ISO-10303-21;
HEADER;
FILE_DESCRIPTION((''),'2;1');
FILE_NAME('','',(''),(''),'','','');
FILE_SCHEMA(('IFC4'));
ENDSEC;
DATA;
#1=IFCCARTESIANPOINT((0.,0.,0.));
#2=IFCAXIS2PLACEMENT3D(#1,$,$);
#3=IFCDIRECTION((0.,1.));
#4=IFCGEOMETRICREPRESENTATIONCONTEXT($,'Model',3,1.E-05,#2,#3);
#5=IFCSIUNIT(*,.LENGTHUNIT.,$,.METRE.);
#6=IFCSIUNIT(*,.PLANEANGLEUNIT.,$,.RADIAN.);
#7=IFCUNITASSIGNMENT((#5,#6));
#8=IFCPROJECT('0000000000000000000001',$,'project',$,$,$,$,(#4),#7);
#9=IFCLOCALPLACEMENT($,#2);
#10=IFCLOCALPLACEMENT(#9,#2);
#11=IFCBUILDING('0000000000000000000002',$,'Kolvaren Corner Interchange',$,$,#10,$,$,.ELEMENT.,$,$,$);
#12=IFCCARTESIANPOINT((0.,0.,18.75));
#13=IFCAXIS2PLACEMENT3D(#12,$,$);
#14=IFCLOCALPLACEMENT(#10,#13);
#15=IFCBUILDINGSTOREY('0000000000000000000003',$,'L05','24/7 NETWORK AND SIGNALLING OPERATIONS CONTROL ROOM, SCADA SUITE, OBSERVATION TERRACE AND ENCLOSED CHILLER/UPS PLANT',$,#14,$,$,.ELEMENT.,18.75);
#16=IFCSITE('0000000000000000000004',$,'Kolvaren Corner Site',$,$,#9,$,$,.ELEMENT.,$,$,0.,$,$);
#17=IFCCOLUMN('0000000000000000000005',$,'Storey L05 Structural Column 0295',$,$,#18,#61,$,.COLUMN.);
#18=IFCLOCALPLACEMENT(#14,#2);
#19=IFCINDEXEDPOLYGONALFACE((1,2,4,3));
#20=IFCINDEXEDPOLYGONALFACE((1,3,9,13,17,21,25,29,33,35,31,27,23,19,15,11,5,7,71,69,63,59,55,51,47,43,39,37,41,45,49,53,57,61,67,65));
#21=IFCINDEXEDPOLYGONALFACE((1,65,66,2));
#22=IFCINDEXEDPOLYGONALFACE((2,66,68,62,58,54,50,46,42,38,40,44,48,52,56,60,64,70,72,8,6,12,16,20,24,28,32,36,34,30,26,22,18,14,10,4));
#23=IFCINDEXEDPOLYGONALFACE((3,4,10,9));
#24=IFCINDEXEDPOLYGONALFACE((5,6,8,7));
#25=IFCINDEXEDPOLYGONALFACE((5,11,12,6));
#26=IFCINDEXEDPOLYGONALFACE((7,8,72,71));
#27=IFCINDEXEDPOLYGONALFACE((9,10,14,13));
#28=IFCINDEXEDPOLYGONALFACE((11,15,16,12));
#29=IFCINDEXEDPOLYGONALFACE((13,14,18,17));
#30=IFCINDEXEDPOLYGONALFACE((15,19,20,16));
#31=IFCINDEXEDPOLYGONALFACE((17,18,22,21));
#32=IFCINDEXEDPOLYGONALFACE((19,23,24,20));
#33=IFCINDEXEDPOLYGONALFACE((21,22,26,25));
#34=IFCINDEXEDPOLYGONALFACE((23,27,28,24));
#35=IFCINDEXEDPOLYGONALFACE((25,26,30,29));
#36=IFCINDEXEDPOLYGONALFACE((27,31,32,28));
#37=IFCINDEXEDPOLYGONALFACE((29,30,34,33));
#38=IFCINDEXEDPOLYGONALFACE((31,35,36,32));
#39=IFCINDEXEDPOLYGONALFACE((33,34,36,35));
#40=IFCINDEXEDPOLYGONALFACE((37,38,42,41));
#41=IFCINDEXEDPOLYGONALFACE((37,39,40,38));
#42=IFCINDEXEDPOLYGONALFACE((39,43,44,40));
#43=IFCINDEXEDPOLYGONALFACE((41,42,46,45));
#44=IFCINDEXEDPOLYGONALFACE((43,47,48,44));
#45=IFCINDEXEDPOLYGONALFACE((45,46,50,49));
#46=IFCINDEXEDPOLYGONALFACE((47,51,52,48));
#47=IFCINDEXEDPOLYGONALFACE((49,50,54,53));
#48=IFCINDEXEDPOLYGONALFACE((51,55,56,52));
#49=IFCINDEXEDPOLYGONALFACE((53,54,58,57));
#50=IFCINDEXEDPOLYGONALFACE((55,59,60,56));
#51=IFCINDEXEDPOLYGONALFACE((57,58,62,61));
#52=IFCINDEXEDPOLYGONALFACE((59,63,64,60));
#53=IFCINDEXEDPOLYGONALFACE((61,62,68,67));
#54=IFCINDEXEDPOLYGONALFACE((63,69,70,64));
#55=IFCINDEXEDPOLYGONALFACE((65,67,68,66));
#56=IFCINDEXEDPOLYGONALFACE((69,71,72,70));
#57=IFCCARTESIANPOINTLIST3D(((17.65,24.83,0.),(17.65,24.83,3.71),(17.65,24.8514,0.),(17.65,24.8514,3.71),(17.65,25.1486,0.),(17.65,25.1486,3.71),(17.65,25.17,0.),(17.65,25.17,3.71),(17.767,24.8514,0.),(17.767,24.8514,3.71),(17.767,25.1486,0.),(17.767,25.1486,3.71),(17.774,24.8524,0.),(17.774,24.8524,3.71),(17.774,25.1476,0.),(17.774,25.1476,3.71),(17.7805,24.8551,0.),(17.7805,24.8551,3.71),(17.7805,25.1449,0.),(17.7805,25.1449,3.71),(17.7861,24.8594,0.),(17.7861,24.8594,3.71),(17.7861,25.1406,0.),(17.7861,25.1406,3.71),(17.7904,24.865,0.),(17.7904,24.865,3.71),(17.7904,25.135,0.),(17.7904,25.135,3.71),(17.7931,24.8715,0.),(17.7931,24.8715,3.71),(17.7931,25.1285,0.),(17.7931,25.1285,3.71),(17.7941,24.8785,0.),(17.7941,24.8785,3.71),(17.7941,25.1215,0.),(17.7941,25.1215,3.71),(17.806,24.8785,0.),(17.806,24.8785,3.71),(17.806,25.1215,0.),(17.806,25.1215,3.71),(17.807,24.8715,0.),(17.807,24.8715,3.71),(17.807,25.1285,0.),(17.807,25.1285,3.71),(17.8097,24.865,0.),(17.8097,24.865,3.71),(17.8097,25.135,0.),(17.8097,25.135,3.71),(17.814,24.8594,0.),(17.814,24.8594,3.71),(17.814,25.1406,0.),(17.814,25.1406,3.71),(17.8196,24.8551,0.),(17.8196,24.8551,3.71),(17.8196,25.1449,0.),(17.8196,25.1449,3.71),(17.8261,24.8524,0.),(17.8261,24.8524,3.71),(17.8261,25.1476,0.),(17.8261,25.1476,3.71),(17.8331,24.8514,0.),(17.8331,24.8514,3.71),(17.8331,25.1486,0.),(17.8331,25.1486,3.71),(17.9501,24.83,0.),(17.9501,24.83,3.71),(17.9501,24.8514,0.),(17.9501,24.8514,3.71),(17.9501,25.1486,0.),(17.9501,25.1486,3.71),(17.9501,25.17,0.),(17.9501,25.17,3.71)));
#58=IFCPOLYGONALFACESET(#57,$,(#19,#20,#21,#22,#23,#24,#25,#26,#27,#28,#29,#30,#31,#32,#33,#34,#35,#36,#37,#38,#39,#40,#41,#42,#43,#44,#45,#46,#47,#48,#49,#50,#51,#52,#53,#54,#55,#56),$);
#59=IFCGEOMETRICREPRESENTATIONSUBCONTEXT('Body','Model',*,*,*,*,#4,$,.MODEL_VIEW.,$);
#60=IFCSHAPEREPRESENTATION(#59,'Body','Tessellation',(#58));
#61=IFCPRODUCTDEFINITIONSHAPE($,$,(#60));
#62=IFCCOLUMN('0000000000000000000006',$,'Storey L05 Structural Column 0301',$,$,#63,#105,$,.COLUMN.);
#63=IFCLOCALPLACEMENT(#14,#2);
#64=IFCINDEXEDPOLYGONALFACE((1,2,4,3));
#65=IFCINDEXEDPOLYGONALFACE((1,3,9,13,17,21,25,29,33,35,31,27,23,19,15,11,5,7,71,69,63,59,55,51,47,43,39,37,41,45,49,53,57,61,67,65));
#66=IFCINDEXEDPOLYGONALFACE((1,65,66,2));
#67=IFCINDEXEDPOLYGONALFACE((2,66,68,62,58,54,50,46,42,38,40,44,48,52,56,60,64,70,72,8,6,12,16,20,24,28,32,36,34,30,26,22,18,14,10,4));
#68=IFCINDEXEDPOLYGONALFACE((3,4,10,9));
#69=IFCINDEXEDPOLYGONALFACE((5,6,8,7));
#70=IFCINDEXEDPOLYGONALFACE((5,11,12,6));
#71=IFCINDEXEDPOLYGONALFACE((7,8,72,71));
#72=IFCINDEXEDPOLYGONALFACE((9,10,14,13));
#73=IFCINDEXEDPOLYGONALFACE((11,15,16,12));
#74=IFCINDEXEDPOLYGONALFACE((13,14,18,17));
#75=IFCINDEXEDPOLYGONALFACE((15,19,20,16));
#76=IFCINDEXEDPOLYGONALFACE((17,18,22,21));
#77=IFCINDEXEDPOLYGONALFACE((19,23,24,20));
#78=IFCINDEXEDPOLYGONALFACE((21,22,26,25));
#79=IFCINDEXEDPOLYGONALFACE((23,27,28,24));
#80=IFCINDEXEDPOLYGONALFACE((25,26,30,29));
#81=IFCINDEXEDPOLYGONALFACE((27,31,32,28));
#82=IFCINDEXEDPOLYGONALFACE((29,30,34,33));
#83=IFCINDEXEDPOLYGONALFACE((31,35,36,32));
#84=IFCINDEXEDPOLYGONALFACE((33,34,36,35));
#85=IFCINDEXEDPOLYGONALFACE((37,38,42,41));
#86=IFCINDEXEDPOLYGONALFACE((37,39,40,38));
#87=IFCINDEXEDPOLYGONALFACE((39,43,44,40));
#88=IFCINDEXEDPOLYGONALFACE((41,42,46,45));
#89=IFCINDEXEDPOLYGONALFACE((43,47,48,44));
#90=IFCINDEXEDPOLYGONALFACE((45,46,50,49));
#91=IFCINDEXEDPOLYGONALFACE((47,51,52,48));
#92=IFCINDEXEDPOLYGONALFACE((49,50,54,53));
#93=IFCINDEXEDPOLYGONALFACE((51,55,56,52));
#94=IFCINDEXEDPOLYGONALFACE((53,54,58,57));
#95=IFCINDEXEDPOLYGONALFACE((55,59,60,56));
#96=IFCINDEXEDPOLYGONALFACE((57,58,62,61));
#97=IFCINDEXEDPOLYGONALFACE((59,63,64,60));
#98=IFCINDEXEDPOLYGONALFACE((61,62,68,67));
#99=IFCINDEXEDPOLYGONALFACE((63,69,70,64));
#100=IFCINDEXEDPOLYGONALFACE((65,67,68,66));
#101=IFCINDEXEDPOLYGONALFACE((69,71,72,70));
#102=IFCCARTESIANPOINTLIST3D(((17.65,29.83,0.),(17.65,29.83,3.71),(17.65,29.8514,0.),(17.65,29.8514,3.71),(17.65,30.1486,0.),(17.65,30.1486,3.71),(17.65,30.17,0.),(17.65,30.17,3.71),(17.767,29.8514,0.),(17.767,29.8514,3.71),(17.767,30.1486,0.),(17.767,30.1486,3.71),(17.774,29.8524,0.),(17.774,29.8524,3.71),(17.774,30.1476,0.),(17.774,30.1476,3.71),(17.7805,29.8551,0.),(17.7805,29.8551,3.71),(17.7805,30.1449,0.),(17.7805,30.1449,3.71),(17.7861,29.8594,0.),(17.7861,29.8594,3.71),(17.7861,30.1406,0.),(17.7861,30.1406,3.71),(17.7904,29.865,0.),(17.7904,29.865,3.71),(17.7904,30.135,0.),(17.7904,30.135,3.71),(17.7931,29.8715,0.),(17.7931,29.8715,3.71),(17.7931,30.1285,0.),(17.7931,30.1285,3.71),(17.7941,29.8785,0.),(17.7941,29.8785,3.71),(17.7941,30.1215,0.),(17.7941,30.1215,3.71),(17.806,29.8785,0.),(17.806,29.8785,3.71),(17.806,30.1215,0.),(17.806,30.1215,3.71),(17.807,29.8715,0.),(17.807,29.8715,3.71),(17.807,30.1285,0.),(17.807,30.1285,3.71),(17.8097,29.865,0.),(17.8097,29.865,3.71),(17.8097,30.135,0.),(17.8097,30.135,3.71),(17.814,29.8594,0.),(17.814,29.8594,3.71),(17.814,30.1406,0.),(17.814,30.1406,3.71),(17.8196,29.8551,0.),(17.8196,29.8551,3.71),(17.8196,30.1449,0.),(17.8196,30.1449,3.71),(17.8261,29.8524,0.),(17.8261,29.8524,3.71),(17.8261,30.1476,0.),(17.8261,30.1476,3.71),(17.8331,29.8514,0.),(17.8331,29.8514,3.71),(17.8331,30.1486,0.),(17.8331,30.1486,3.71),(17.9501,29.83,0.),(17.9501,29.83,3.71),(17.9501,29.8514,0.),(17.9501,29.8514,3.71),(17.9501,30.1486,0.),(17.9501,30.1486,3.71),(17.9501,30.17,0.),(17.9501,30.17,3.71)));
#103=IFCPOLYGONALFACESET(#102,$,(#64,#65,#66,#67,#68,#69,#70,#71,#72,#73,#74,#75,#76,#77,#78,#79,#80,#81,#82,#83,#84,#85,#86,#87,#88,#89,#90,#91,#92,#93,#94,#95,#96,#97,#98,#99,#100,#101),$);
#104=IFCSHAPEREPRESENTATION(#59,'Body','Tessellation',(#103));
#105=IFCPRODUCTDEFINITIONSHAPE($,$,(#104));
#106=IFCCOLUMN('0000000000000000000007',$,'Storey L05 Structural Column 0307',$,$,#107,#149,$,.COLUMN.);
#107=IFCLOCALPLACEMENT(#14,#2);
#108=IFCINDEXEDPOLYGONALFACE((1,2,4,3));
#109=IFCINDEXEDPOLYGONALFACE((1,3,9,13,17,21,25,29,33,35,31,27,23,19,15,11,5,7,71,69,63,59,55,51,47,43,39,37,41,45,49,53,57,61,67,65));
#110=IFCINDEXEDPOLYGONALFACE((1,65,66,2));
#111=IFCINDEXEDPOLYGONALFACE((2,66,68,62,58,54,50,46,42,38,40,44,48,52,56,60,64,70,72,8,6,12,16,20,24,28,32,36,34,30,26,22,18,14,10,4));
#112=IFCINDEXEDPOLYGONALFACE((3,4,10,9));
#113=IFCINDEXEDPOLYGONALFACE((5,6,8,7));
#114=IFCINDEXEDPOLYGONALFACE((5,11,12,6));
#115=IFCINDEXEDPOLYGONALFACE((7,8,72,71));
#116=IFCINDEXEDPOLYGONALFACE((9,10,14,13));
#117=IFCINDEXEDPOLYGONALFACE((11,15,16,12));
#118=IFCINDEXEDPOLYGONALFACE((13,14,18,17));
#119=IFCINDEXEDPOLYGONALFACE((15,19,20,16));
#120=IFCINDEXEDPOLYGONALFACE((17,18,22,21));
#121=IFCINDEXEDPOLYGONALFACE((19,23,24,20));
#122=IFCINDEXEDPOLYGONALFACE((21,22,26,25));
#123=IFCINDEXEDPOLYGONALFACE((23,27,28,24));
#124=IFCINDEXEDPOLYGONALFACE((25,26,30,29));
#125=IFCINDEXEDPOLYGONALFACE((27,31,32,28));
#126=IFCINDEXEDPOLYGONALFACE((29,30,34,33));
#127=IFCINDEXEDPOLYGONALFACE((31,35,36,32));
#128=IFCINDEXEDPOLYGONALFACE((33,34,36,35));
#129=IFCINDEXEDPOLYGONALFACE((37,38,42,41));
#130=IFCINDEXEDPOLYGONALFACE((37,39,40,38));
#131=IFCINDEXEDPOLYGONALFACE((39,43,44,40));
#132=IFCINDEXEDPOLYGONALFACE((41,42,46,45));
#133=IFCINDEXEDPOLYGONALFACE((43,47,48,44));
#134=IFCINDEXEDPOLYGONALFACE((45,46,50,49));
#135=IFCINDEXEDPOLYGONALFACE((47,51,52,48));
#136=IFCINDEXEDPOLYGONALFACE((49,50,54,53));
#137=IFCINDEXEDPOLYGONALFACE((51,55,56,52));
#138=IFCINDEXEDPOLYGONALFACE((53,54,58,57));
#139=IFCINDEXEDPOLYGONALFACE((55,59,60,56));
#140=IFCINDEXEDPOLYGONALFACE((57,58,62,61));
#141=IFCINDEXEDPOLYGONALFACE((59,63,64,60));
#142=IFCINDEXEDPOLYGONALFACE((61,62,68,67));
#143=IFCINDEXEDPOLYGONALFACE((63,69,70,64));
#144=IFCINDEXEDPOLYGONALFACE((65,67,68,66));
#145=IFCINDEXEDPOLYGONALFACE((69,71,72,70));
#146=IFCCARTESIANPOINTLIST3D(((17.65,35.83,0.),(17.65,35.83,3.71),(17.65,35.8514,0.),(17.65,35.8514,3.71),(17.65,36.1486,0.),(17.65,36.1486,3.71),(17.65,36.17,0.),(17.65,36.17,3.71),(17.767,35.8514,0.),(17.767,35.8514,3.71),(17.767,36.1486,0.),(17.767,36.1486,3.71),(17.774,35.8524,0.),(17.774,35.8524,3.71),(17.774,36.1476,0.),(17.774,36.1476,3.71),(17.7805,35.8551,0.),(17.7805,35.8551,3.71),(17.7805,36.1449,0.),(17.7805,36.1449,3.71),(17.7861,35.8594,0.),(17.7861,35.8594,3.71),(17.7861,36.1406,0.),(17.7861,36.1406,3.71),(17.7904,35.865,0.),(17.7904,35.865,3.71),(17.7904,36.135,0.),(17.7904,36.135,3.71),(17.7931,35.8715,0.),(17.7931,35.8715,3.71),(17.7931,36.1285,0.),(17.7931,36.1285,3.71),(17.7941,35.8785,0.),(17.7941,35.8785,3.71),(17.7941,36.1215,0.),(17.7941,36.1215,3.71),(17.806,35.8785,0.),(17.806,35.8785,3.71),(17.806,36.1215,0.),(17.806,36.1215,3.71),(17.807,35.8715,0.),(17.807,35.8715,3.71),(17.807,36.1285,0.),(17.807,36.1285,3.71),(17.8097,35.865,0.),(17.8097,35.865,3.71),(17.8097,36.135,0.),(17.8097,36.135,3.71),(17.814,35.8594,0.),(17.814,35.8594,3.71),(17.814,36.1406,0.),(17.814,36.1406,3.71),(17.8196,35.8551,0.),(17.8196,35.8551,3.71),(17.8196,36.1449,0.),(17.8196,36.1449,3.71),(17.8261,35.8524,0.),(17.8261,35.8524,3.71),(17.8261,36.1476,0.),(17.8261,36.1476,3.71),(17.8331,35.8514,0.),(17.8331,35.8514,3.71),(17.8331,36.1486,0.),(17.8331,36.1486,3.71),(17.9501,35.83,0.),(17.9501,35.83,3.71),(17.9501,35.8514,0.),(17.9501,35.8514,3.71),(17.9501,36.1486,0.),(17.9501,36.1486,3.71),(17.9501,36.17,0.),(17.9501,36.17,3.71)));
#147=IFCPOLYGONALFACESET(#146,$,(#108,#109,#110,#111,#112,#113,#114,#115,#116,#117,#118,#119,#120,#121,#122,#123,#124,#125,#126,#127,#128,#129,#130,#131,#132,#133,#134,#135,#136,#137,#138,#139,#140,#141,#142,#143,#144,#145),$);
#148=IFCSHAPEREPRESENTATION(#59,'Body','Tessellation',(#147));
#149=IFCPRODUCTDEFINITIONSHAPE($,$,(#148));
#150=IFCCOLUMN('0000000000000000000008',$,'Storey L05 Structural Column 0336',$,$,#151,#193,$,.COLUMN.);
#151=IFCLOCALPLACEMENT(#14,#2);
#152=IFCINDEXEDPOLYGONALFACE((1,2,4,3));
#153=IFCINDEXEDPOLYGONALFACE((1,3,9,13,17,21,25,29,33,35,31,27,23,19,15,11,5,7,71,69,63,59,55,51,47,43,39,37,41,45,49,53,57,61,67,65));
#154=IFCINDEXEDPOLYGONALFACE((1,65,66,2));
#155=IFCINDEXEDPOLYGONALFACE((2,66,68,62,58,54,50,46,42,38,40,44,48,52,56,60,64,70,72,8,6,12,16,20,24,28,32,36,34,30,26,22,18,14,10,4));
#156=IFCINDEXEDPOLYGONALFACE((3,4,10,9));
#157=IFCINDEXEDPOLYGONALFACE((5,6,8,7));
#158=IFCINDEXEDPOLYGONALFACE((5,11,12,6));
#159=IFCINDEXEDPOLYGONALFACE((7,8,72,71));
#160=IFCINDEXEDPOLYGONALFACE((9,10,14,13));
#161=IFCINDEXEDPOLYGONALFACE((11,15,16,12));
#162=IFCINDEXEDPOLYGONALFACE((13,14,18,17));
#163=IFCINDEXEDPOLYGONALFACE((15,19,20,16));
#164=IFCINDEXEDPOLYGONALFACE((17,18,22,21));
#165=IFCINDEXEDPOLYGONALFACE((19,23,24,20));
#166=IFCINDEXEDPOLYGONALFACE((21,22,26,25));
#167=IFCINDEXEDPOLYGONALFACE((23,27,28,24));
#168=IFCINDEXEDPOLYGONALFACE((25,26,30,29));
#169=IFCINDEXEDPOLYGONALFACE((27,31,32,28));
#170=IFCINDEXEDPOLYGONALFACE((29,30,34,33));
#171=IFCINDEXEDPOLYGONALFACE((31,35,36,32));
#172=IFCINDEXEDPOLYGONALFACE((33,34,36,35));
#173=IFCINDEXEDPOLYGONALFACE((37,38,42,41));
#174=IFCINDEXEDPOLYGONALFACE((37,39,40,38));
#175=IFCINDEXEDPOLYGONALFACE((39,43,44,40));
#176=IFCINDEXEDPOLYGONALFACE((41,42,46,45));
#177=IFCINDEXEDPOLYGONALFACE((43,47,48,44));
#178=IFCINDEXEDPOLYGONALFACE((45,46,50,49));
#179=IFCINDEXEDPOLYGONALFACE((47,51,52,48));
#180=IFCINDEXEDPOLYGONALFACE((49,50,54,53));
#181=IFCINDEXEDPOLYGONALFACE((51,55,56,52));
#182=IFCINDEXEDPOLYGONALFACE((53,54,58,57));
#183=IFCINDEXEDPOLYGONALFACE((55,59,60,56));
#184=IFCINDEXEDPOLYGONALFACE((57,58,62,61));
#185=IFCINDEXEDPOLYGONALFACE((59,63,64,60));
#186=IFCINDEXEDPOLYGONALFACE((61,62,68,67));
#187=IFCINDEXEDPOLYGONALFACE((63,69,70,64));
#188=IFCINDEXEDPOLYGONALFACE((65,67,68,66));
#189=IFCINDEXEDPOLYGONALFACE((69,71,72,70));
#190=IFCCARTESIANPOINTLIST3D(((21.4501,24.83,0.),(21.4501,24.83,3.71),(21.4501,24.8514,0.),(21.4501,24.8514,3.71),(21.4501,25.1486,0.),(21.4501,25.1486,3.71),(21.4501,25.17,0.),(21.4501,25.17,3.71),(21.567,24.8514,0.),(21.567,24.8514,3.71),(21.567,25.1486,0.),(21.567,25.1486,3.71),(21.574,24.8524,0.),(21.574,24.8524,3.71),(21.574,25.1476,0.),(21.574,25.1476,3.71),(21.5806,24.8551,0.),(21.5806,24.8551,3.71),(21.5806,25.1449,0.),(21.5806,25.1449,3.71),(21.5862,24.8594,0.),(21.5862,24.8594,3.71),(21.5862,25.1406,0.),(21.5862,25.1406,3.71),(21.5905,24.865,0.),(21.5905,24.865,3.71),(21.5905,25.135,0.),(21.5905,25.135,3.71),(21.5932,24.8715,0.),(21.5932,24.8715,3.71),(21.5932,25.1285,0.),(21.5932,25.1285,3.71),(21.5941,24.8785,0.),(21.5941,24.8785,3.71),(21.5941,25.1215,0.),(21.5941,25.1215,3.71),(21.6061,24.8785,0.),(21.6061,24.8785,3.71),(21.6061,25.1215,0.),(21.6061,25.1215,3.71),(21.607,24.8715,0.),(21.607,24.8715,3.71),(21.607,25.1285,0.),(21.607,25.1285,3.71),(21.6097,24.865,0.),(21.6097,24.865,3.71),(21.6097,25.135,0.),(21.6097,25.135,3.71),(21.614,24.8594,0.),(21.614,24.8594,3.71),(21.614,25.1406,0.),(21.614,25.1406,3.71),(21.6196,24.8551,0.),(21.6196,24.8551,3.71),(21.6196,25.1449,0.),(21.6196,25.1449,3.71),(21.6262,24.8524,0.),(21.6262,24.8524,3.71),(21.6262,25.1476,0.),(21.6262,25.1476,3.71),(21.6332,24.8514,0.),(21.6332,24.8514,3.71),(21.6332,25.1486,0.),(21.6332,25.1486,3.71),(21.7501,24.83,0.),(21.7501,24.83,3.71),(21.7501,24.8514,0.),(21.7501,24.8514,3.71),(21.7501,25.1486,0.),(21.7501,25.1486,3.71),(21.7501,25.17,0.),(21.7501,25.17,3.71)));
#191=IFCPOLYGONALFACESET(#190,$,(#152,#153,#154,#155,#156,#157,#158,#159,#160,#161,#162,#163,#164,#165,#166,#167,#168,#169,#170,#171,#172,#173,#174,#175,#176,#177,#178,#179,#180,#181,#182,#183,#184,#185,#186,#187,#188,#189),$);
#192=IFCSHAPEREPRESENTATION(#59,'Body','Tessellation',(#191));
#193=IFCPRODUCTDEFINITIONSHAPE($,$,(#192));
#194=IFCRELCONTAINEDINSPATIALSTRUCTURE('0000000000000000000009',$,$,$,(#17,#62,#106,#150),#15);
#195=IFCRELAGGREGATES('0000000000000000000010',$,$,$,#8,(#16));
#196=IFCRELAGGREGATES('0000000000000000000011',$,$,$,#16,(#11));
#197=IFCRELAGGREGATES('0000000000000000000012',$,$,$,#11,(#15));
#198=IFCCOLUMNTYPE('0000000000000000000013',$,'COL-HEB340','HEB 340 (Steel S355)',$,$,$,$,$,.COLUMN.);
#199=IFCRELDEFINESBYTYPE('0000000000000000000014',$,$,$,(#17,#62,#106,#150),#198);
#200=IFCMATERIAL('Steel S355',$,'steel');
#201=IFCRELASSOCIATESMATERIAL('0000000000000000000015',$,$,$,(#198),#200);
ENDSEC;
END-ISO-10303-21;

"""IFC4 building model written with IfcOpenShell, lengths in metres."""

from ifc_helpers import new_model, si_unit, direction, frame, origin, origin_2d, place, context, subcontext, project, spatial, i_section, extrude, material, material_profile, profile_set, type_object, element, save


model = new_model("IFC4")

# Units and contexts
model_context = context("Model", 3, precision=1e-05, world=origin(), true_north=direction((0.0, 1.0)))
body_context = subcontext(model_context, "Body", "Model", "MODEL_VIEW")
ifc_project = project(units=[si_unit("LENGTHUNIT", "METRE"), si_unit("PLANEANGLEUNIT", "RADIAN")], contexts=[model_context])

# Site, building, storey
site_placement = place(None, origin())
site = spatial("IfcSite", under=ifc_project, at=site_placement, Name="Kolvaren Corner Site", CompositionType="ELEMENT", RefElevation=0.0)
building_placement = place(site_placement, origin())
building = spatial("IfcBuilding", under=site, at=building_placement, Name="Kolvaren Corner Interchange", CompositionType="ELEMENT")
storey_placement = place(building_placement, frame((0.0, 0.0, 18.75)))
storey = spatial("IfcBuildingStorey", under=building, at=storey_placement, Name="L05", Description="24/7 NETWORK AND SIGNALLING OPERATIONS CONTROL ROOM, SCADA SUITE, OBSERVATION TERRACE AND ENCLOSED CHILLER/UPS PLANT", CompositionType="ELEMENT", Elevation=18.75)

# Columns
ifc_material_1 = material(Name="Steel S355", Category="steel")
ifc_material_profile_1 = material_profile(ifc_material_1, i_section(OverallWidth=0.3, OverallDepth=0.3401, WebThickness=0.012, FlangeThickness=0.0215, FilletRadius=0.0271, at=origin_2d()), Name="HEB 340")
ifc_profile_set_1 = profile_set([ifc_material_profile_1], Name="Steel S355")
column_type = type_object("IfcColumnType", Name="COL-HEB340", Description="HEB 340 (Steel S355)", PredefinedType="COLUMN", material=ifc_profile_set_1)
for number, where, z_axis, x_axis, name in (
    (1, (17.8, 25.0, 0.0), (0.0, 0.0, 1.0), (1.0, 0.0, 0.0), "Storey L05 Structural Column 0295"),
    (2, (17.8, 30.0, 0.0), (0.0, 0.0, 1.0), (1.0, 0.0, 0.0), "Storey L05 Structural Column 0301"),
    (3, (17.8, 36.0, 0.0), (0.0, 0.0, 1.0), (1.0, 0.0, 0.0), "Storey L05 Structural Column 0307"),
    (4, (21.6001, 25.0, 0.0), (0.0, 0.0, 1.0), (1.0, 0.0, 0.0), "Storey L05 Structural Column 0336"),
):
    element("IfcColumn", number, at=place(storey_placement, frame(where, z_axis=z_axis, x_axis=x_axis)), inside=storey, type_object=column_type, Name=name, PredefinedType="COLUMN", context=body_context, shape_type="SweptSolid", body=[
        extrude(i_section(OverallWidth=0.3, OverallDepth=0.3401, WebThickness=0.012, FlangeThickness=0.0215, FilletRadius=0.0271, at=origin_2d()), origin(), (0.0, 0.0, 1.0), 3.71),
    ])

save(model, "model.ifc")
